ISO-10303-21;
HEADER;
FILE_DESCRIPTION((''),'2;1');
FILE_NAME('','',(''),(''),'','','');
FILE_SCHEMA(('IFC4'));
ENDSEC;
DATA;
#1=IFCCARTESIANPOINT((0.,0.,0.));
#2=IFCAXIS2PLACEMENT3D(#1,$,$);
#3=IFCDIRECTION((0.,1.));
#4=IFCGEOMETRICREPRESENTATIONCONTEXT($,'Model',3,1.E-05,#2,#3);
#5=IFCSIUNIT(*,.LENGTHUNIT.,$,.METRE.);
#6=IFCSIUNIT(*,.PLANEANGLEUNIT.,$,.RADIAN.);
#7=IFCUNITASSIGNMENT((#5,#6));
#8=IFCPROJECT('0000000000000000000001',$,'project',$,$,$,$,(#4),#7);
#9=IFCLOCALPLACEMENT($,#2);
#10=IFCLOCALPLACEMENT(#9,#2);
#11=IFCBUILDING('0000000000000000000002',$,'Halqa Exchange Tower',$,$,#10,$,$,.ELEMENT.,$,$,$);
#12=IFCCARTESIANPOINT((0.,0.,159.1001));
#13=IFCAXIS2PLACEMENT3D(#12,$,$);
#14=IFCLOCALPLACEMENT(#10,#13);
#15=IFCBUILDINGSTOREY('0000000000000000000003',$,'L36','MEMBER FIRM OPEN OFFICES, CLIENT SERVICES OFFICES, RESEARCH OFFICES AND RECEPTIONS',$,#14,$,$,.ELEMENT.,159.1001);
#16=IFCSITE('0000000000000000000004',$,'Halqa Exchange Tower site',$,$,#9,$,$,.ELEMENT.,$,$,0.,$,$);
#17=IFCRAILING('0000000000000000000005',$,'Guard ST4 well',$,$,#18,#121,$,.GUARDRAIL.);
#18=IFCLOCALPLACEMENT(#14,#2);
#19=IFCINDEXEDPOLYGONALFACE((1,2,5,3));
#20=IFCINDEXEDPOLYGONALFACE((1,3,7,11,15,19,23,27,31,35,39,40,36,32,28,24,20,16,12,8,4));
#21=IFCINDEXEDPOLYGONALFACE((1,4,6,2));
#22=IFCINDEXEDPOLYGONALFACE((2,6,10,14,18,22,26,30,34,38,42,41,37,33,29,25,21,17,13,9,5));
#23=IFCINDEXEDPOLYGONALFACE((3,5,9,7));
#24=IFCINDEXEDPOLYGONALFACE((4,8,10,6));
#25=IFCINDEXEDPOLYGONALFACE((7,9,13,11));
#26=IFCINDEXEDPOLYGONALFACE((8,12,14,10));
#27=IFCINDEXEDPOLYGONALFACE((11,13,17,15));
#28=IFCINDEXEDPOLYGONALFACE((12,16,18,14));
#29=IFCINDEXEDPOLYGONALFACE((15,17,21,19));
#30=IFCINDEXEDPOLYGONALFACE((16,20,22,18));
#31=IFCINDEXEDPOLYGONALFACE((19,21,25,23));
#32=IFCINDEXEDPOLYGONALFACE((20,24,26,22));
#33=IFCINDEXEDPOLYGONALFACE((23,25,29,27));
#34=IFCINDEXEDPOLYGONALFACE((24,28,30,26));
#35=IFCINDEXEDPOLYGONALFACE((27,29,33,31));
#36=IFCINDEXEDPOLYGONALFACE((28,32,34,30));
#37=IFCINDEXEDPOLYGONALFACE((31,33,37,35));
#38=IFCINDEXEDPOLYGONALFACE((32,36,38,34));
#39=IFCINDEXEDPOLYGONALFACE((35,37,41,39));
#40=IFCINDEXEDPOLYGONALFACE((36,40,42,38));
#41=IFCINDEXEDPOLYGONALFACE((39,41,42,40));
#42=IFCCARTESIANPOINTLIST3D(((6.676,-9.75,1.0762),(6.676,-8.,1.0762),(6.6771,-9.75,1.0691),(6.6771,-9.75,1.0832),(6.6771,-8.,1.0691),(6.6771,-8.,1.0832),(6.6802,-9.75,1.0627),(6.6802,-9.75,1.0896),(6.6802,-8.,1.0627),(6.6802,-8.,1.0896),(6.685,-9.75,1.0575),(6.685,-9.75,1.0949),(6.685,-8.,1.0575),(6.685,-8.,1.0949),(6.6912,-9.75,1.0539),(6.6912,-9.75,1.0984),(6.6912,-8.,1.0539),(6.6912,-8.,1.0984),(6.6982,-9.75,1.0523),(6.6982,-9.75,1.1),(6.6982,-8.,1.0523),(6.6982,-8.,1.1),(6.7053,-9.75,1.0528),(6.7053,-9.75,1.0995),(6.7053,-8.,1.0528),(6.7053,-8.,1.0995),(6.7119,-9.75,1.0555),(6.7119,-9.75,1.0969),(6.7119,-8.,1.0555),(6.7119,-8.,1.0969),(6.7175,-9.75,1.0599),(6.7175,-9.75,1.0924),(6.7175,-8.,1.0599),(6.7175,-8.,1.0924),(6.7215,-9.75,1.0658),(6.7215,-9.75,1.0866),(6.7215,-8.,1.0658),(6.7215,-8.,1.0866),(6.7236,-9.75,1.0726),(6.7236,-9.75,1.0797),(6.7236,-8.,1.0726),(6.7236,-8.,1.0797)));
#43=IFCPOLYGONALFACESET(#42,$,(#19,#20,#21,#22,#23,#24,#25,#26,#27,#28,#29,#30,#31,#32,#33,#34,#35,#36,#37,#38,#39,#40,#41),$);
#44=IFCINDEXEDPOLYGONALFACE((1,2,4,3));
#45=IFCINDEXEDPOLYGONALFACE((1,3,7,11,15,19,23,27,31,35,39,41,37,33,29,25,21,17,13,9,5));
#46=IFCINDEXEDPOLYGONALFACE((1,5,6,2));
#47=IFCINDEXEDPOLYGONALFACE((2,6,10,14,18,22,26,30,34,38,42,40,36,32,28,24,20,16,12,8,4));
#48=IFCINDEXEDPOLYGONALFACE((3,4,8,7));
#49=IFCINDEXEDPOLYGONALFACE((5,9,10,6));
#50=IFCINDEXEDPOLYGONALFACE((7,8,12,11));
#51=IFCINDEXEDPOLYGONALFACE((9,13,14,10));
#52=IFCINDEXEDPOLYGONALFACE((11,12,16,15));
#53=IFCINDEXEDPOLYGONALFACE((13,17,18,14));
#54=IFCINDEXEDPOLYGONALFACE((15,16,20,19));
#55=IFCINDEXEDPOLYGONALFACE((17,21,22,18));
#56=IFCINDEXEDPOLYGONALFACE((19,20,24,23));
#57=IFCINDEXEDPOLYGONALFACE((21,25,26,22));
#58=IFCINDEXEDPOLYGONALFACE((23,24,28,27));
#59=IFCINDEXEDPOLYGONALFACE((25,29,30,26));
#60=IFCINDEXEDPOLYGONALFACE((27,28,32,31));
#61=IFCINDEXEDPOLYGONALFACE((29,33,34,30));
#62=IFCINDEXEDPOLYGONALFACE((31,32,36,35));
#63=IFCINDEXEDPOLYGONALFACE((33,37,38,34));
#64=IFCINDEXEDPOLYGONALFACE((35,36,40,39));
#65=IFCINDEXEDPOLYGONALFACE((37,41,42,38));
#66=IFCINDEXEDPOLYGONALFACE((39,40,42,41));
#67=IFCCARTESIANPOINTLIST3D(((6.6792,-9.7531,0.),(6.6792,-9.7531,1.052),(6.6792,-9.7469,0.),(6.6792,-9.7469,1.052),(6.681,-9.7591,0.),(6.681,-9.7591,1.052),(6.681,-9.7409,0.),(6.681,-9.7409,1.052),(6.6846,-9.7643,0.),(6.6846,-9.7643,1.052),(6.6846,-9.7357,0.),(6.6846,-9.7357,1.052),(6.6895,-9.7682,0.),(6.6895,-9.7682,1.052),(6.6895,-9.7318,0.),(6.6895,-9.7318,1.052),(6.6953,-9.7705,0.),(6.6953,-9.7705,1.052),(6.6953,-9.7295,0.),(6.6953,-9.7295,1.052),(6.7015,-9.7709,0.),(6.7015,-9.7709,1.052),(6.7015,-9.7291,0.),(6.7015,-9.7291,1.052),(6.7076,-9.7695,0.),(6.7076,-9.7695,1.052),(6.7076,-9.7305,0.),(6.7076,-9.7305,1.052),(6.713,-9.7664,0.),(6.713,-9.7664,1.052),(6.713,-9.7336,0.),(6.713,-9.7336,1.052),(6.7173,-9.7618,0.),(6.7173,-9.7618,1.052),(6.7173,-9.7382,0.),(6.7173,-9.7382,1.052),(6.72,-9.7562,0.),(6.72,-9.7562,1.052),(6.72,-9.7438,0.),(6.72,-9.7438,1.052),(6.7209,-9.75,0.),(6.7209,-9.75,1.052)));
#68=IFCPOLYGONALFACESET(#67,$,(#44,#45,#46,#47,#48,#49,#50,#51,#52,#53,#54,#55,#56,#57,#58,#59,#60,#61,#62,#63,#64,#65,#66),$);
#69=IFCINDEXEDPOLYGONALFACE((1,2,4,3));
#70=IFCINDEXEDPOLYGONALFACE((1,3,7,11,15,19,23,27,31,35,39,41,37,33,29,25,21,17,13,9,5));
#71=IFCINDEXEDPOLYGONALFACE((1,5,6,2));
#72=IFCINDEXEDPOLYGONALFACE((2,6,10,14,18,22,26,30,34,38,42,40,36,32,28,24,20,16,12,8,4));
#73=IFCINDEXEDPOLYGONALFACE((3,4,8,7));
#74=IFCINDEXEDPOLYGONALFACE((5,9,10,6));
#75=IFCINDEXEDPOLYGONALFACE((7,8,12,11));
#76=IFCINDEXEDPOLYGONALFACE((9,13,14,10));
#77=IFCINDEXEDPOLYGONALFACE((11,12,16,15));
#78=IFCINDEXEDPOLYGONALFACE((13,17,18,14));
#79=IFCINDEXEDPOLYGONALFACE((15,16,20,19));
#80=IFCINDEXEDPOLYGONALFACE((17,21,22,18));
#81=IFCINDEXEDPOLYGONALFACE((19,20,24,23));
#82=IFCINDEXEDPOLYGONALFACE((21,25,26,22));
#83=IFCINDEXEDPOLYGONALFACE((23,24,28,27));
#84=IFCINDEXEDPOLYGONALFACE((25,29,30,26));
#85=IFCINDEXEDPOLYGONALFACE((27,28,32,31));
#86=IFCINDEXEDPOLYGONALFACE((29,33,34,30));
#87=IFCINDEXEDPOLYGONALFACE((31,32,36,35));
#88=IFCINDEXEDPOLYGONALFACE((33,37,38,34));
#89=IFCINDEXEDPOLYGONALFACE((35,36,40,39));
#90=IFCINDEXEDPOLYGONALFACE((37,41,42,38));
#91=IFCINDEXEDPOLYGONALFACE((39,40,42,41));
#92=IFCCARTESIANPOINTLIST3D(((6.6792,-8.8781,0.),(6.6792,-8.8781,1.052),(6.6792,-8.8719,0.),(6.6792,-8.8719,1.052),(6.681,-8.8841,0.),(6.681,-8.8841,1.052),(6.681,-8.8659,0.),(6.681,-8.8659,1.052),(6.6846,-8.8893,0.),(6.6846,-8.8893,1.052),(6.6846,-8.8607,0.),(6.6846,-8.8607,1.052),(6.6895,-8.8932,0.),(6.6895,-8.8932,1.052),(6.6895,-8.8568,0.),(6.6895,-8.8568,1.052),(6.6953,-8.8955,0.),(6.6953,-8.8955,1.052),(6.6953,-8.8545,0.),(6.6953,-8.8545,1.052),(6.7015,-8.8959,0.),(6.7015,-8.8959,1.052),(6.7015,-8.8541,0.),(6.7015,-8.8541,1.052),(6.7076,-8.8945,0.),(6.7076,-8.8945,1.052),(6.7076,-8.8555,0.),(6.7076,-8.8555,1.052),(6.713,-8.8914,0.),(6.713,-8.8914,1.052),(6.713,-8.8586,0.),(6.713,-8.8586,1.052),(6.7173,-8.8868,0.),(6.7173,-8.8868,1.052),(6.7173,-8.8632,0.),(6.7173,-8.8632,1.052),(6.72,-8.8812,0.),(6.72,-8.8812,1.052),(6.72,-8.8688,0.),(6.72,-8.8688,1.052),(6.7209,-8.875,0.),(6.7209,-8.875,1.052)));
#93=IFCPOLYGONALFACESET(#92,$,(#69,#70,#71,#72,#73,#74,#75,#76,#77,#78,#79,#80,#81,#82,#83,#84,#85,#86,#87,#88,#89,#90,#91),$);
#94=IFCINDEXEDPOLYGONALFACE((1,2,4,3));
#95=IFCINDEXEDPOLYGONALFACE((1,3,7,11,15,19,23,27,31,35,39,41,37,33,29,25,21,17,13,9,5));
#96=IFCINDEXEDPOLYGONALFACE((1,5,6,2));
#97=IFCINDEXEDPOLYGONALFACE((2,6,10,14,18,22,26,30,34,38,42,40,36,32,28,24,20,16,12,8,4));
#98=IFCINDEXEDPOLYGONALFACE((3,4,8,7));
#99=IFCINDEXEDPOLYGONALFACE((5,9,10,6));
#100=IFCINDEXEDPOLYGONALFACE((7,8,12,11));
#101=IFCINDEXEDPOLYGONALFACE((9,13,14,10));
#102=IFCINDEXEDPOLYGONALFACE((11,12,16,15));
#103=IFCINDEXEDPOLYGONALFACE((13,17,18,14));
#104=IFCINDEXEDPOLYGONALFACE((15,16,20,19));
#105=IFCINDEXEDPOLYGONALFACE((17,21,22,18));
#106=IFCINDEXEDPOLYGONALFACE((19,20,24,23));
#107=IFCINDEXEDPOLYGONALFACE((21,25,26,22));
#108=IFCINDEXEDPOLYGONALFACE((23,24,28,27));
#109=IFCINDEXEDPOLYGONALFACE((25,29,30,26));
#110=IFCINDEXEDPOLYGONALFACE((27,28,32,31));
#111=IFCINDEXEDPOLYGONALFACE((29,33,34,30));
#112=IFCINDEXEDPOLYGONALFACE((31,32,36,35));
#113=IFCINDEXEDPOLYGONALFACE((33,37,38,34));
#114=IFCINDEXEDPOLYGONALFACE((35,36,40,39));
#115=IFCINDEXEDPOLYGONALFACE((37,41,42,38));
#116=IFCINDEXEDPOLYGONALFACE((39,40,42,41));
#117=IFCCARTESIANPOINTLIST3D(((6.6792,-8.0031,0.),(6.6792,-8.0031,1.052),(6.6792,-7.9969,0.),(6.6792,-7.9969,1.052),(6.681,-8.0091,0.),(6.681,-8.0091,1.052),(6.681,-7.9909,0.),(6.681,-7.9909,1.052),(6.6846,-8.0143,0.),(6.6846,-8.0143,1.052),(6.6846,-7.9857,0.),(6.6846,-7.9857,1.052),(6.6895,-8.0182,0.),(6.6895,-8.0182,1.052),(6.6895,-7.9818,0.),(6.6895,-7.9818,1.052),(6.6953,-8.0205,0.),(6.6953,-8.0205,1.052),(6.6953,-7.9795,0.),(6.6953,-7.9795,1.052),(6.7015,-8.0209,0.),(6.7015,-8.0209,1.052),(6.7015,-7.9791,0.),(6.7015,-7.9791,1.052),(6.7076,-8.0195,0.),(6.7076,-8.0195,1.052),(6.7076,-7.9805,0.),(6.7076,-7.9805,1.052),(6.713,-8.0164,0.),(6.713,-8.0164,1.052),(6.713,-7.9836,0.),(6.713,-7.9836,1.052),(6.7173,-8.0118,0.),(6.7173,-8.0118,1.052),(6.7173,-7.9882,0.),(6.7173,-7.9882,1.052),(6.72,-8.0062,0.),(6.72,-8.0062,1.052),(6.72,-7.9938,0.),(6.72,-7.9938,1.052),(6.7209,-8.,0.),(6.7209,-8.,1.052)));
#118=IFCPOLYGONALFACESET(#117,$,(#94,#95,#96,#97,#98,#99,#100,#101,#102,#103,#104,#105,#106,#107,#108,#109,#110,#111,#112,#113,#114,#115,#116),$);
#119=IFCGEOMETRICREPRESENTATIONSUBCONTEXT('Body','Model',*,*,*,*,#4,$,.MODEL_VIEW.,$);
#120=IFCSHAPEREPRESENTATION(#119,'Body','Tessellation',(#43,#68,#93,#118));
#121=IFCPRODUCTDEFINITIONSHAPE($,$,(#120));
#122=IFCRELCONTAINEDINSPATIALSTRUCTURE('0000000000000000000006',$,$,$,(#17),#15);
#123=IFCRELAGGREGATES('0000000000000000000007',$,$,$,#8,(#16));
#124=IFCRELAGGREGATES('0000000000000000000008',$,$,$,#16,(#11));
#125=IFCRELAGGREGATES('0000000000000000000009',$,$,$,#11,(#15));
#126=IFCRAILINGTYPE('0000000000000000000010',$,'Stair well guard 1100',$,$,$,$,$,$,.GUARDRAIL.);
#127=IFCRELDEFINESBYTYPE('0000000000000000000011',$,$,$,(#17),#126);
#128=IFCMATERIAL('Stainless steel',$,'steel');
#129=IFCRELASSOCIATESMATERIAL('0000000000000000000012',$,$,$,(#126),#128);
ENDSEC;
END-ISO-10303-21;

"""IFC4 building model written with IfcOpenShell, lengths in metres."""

from ifc_helpers import new_model, si_unit, direction, frame, origin, origin_2d, place, context, subcontext, project, spatial, circle, extrude, material, type_object, element, save


model = new_model("IFC4")

# Units and contexts
model_context = context("Model", 3, precision=1e-05, world=origin(), true_north=direction((0.0, 1.0)))
body_context = subcontext(model_context, "Body", "Model", "MODEL_VIEW")
ifc_project = project(units=[si_unit("LENGTHUNIT", "METRE"), si_unit("PLANEANGLEUNIT", "RADIAN")], contexts=[model_context])

# Site, building, storey
site_placement = place(None, origin())
site = spatial("IfcSite", under=ifc_project, at=site_placement, Name="Halqa Exchange Tower site", CompositionType="ELEMENT", RefElevation=0.0)
building_placement = place(site_placement, origin())
building = spatial("IfcBuilding", under=site, at=building_placement, Name="Halqa Exchange Tower", CompositionType="ELEMENT")
storey_placement = place(building_placement, frame((0.0, 0.0, 159.1001)))
storey = spatial("IfcBuildingStorey", under=building, at=storey_placement, Name="L36", Description="MEMBER FIRM OPEN OFFICES, CLIENT SERVICES OFFICES, RESEARCH OFFICES AND RECEPTIONS", CompositionType="ELEMENT", Elevation=159.1001)

# Railing
ifc_material_1 = material(Name="Stainless steel", Category="steel")
railing_type_1 = type_object("IfcRailingType", Name="Stair well guard 1100", PredefinedType="GUARDRAIL", material=ifc_material_1)
railing_1_placement = place(storey_placement, frame((6.7, -9.75, 0.0)))
element("IfcRailing", 1, at=railing_1_placement, inside=storey, type_object=railing_type_1, Name="Guard ST4 well", PredefinedType="GUARDRAIL", context=body_context, shape_type="SweptSolid", body=[
    extrude(circle(Radius=0.0239, at=origin_2d()), frame((0.0, 0.0, 1.0762), z_axis=(0.0, 1.0, 0.0), x_axis=(-1.0, 0.0, 0.0)), (0.0, 0.0, 1.0), 1.75),
    extrude(circle(Radius=0.021, at=origin_2d()), origin(), (0.0, 0.0, 1.0), 1.052),
    extrude(circle(Radius=0.021, at=origin_2d()), frame((0.0, 0.875, 0.0)), (0.0, 0.0, 1.0), 1.052),
    extrude(circle(Radius=0.021, at=origin_2d()), frame((0.0, 1.75, 0.0)), (0.0, 0.0, 1.0), 1.052),
])

save(model, "model.ifc")
